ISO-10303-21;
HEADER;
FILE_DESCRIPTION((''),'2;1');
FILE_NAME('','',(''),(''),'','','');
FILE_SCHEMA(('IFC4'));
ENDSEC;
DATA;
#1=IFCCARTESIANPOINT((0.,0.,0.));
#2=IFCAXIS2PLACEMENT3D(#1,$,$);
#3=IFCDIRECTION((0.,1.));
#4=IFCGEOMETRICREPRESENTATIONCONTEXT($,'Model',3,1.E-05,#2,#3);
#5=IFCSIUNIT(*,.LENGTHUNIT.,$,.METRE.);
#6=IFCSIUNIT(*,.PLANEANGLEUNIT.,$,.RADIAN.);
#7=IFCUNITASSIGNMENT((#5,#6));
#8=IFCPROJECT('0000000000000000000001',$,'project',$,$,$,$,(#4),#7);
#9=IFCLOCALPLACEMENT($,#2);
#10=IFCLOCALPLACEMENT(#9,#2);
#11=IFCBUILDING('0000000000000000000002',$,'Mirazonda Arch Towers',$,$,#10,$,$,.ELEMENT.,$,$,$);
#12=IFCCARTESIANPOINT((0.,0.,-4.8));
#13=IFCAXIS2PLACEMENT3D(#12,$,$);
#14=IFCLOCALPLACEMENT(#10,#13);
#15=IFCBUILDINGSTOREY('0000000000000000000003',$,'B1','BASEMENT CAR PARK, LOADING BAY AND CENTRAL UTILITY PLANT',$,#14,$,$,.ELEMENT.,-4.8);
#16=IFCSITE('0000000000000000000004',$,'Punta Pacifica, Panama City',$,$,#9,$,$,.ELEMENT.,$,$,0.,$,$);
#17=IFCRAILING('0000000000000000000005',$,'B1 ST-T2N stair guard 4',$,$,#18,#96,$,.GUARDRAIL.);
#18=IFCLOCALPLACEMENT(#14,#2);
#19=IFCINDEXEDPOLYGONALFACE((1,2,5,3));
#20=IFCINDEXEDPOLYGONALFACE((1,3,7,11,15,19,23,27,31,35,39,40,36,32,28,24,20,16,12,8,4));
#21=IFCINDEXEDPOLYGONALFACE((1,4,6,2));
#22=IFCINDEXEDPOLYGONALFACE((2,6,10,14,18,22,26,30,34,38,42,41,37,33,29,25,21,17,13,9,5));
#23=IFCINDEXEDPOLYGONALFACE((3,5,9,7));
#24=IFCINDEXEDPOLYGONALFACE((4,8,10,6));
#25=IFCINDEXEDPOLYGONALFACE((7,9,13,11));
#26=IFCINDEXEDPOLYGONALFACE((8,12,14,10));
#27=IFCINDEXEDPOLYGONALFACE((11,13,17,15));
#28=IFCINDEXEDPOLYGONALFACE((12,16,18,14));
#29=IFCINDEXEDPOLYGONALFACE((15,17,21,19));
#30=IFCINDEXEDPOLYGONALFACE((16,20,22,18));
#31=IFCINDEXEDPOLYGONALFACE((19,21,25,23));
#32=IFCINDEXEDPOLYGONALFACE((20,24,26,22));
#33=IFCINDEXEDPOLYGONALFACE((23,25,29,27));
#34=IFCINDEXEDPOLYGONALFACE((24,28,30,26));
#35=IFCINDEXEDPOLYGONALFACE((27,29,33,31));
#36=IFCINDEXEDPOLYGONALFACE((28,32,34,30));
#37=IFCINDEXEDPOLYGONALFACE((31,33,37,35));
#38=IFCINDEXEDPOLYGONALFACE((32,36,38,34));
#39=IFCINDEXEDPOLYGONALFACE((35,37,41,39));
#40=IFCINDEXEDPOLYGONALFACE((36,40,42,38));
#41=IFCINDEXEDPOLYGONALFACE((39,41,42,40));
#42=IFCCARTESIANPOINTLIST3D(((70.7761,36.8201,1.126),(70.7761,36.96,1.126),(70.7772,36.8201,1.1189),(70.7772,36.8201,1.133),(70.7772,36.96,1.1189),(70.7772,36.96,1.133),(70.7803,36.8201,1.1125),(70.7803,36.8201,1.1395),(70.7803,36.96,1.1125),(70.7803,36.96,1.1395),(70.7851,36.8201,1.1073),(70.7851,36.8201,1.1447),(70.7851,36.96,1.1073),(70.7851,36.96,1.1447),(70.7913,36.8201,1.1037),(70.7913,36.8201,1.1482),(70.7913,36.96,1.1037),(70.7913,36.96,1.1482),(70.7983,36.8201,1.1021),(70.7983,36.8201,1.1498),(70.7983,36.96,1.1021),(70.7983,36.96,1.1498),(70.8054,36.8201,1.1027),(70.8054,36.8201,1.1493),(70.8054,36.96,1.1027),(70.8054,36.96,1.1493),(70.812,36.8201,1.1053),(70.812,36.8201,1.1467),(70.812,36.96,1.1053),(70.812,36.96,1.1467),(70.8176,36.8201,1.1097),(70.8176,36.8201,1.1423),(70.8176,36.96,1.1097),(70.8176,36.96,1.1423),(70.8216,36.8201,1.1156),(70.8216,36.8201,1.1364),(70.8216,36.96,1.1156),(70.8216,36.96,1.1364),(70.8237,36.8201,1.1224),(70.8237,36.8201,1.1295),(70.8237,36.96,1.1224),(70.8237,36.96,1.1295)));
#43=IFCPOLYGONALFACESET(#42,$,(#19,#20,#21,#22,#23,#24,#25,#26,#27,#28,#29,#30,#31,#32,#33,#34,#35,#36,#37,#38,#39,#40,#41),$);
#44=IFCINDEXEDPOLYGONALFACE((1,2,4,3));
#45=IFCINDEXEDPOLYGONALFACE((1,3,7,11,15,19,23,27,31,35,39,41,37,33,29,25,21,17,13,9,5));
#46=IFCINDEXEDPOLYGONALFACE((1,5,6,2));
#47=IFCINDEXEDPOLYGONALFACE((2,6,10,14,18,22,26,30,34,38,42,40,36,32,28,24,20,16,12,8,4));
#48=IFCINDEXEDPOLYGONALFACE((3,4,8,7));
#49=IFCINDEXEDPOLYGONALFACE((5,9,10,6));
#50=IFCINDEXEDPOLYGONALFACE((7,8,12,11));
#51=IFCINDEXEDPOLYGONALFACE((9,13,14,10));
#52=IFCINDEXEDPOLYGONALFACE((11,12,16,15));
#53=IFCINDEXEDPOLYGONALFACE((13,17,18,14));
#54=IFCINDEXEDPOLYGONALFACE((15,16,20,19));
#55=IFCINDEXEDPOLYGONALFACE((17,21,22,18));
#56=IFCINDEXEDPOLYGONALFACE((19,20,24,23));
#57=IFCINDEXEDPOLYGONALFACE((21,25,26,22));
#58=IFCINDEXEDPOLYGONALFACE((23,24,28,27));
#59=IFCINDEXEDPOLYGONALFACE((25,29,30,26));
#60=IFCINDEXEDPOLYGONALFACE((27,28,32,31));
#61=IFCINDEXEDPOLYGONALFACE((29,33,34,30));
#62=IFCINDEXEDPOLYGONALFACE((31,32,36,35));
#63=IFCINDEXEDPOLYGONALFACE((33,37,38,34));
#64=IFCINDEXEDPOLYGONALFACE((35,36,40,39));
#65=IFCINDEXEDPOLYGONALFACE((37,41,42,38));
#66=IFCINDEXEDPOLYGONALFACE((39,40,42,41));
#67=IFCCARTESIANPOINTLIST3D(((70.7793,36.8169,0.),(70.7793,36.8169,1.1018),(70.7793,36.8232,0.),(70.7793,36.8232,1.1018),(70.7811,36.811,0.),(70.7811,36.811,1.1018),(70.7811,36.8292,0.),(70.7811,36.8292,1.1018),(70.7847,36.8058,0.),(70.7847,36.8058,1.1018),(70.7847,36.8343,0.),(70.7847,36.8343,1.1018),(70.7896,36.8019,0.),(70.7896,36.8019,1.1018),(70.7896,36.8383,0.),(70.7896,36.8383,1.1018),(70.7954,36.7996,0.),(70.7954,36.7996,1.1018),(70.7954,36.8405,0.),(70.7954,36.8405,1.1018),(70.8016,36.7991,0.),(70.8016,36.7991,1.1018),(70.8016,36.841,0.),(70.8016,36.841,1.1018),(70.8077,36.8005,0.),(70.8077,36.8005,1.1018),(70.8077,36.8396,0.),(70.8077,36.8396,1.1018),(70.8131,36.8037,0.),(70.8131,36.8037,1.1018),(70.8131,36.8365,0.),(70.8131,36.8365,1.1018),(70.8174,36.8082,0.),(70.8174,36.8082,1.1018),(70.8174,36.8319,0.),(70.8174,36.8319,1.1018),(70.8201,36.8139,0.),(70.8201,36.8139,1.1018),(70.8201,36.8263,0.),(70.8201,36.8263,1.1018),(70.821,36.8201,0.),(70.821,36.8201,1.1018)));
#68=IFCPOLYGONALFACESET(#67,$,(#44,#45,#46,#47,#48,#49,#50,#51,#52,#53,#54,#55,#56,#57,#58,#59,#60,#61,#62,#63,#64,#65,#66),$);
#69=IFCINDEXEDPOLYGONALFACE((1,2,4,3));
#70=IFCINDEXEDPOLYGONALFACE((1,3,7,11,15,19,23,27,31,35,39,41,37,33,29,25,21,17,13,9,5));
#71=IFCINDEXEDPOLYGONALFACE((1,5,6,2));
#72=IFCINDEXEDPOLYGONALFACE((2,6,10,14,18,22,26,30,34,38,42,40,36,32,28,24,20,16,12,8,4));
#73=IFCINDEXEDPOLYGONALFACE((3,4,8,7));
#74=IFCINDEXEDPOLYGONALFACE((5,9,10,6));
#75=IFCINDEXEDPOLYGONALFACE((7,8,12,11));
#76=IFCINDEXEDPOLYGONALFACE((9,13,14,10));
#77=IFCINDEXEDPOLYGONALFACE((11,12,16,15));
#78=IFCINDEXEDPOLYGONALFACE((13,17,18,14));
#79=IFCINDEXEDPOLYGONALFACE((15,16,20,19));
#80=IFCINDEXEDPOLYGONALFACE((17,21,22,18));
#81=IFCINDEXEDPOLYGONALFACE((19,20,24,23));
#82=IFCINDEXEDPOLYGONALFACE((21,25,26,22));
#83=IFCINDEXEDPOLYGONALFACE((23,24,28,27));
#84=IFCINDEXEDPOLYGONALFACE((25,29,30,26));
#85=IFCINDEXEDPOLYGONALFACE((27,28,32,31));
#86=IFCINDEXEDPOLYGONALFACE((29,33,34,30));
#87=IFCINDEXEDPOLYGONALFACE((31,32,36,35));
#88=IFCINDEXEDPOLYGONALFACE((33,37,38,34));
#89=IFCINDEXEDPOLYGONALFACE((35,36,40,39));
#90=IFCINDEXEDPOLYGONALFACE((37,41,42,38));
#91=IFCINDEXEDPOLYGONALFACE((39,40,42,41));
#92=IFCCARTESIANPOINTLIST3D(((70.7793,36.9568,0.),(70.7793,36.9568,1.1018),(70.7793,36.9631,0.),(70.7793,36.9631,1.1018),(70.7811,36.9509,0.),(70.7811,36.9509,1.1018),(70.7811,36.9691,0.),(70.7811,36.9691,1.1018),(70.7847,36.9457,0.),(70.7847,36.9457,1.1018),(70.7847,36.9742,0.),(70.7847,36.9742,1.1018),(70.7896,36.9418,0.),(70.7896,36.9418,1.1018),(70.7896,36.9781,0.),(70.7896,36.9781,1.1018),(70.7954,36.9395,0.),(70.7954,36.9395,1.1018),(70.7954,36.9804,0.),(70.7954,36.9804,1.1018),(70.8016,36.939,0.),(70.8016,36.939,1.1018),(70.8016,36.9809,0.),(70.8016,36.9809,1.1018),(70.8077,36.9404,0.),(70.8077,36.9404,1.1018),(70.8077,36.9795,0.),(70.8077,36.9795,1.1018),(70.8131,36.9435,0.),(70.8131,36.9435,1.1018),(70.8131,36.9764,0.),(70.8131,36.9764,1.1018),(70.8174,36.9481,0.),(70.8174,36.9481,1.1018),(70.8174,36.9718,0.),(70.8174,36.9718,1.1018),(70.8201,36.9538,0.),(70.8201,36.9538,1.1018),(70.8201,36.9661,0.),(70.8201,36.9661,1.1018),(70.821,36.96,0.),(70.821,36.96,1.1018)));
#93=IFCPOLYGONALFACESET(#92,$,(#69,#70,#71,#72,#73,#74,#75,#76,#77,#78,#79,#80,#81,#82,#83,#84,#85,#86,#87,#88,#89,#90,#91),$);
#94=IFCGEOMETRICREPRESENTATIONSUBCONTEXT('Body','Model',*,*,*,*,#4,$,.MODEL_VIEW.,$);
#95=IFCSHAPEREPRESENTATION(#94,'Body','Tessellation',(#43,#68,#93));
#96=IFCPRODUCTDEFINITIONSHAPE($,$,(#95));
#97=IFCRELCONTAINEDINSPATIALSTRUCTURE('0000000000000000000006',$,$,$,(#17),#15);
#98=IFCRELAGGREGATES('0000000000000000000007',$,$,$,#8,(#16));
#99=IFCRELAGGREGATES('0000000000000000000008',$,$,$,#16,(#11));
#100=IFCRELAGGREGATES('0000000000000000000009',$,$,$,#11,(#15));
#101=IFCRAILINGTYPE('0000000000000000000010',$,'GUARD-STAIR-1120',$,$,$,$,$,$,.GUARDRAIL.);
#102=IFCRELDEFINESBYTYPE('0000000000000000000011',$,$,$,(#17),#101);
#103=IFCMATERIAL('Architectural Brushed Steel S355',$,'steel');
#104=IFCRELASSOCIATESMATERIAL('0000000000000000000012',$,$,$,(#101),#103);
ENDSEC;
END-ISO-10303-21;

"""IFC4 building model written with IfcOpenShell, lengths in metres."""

from ifc_helpers import new_model, si_unit, direction, frame, origin, origin_2d, place, context, subcontext, project, spatial, circle, extrude, material, type_object, element, save


model = new_model("IFC4")

# Units and contexts
model_context = context("Model", 3, precision=1e-05, world=origin(), true_north=direction((0.0, 1.0)))
body_context = subcontext(model_context, "Body", "Model", "MODEL_VIEW")
ifc_project = project(units=[si_unit("LENGTHUNIT", "METRE"), si_unit("PLANEANGLEUNIT", "RADIAN")], contexts=[model_context])

# Site, building, storey
site_placement = place(None, origin())
site = spatial("IfcSite", under=ifc_project, at=site_placement, Name="Punta Pacifica, Panama City", CompositionType="ELEMENT", RefElevation=0.0)
building_placement = place(site_placement, origin())
building = spatial("IfcBuilding", under=site, at=building_placement, Name="Mirazonda Arch Towers", CompositionType="ELEMENT")
storey_placement = place(building_placement, frame((0.0, 0.0, -4.8)))
storey = spatial("IfcBuildingStorey", under=building, at=storey_placement, Name="B1", Description="BASEMENT CAR PARK, LOADING BAY AND CENTRAL UTILITY PLANT", CompositionType="ELEMENT", Elevation=-4.8)

# Shared definitions
ifc_material_1 = material(Name="Architectural Brushed Steel S355", Category="steel")

# Railing
railing_type_1 = type_object("IfcRailingType", Name="GUARD-STAIR-1120", PredefinedType="GUARDRAIL", material=ifc_material_1)
railing_1_placement = place(storey_placement, frame((70.8, 36.8201, 0.0)))
element("IfcRailing", 1, at=railing_1_placement, inside=storey, type_object=railing_type_1, Name="B1 ST-T2N stair guard 4", PredefinedType="GUARDRAIL", context=body_context, shape_type="SweptSolid", body=[
    extrude(circle(Radius=0.0239, at=origin_2d()), frame((0.0, 0.0, 1.126), z_axis=(0.0, 1.0, 0.0), x_axis=(-1.0, 0.0, 0.0)), (0.0, 0.0, 1.0), 0.1399),
    extrude(circle(Radius=0.021, at=origin_2d()), origin(), (0.0, 0.0, 1.0), 1.1018),
    extrude(circle(Radius=0.021, at=origin_2d()), frame((0.0, 0.1399, 0.0)), (0.0, 0.0, 1.0), 1.1018),
])

save(model, "model.ifc")
